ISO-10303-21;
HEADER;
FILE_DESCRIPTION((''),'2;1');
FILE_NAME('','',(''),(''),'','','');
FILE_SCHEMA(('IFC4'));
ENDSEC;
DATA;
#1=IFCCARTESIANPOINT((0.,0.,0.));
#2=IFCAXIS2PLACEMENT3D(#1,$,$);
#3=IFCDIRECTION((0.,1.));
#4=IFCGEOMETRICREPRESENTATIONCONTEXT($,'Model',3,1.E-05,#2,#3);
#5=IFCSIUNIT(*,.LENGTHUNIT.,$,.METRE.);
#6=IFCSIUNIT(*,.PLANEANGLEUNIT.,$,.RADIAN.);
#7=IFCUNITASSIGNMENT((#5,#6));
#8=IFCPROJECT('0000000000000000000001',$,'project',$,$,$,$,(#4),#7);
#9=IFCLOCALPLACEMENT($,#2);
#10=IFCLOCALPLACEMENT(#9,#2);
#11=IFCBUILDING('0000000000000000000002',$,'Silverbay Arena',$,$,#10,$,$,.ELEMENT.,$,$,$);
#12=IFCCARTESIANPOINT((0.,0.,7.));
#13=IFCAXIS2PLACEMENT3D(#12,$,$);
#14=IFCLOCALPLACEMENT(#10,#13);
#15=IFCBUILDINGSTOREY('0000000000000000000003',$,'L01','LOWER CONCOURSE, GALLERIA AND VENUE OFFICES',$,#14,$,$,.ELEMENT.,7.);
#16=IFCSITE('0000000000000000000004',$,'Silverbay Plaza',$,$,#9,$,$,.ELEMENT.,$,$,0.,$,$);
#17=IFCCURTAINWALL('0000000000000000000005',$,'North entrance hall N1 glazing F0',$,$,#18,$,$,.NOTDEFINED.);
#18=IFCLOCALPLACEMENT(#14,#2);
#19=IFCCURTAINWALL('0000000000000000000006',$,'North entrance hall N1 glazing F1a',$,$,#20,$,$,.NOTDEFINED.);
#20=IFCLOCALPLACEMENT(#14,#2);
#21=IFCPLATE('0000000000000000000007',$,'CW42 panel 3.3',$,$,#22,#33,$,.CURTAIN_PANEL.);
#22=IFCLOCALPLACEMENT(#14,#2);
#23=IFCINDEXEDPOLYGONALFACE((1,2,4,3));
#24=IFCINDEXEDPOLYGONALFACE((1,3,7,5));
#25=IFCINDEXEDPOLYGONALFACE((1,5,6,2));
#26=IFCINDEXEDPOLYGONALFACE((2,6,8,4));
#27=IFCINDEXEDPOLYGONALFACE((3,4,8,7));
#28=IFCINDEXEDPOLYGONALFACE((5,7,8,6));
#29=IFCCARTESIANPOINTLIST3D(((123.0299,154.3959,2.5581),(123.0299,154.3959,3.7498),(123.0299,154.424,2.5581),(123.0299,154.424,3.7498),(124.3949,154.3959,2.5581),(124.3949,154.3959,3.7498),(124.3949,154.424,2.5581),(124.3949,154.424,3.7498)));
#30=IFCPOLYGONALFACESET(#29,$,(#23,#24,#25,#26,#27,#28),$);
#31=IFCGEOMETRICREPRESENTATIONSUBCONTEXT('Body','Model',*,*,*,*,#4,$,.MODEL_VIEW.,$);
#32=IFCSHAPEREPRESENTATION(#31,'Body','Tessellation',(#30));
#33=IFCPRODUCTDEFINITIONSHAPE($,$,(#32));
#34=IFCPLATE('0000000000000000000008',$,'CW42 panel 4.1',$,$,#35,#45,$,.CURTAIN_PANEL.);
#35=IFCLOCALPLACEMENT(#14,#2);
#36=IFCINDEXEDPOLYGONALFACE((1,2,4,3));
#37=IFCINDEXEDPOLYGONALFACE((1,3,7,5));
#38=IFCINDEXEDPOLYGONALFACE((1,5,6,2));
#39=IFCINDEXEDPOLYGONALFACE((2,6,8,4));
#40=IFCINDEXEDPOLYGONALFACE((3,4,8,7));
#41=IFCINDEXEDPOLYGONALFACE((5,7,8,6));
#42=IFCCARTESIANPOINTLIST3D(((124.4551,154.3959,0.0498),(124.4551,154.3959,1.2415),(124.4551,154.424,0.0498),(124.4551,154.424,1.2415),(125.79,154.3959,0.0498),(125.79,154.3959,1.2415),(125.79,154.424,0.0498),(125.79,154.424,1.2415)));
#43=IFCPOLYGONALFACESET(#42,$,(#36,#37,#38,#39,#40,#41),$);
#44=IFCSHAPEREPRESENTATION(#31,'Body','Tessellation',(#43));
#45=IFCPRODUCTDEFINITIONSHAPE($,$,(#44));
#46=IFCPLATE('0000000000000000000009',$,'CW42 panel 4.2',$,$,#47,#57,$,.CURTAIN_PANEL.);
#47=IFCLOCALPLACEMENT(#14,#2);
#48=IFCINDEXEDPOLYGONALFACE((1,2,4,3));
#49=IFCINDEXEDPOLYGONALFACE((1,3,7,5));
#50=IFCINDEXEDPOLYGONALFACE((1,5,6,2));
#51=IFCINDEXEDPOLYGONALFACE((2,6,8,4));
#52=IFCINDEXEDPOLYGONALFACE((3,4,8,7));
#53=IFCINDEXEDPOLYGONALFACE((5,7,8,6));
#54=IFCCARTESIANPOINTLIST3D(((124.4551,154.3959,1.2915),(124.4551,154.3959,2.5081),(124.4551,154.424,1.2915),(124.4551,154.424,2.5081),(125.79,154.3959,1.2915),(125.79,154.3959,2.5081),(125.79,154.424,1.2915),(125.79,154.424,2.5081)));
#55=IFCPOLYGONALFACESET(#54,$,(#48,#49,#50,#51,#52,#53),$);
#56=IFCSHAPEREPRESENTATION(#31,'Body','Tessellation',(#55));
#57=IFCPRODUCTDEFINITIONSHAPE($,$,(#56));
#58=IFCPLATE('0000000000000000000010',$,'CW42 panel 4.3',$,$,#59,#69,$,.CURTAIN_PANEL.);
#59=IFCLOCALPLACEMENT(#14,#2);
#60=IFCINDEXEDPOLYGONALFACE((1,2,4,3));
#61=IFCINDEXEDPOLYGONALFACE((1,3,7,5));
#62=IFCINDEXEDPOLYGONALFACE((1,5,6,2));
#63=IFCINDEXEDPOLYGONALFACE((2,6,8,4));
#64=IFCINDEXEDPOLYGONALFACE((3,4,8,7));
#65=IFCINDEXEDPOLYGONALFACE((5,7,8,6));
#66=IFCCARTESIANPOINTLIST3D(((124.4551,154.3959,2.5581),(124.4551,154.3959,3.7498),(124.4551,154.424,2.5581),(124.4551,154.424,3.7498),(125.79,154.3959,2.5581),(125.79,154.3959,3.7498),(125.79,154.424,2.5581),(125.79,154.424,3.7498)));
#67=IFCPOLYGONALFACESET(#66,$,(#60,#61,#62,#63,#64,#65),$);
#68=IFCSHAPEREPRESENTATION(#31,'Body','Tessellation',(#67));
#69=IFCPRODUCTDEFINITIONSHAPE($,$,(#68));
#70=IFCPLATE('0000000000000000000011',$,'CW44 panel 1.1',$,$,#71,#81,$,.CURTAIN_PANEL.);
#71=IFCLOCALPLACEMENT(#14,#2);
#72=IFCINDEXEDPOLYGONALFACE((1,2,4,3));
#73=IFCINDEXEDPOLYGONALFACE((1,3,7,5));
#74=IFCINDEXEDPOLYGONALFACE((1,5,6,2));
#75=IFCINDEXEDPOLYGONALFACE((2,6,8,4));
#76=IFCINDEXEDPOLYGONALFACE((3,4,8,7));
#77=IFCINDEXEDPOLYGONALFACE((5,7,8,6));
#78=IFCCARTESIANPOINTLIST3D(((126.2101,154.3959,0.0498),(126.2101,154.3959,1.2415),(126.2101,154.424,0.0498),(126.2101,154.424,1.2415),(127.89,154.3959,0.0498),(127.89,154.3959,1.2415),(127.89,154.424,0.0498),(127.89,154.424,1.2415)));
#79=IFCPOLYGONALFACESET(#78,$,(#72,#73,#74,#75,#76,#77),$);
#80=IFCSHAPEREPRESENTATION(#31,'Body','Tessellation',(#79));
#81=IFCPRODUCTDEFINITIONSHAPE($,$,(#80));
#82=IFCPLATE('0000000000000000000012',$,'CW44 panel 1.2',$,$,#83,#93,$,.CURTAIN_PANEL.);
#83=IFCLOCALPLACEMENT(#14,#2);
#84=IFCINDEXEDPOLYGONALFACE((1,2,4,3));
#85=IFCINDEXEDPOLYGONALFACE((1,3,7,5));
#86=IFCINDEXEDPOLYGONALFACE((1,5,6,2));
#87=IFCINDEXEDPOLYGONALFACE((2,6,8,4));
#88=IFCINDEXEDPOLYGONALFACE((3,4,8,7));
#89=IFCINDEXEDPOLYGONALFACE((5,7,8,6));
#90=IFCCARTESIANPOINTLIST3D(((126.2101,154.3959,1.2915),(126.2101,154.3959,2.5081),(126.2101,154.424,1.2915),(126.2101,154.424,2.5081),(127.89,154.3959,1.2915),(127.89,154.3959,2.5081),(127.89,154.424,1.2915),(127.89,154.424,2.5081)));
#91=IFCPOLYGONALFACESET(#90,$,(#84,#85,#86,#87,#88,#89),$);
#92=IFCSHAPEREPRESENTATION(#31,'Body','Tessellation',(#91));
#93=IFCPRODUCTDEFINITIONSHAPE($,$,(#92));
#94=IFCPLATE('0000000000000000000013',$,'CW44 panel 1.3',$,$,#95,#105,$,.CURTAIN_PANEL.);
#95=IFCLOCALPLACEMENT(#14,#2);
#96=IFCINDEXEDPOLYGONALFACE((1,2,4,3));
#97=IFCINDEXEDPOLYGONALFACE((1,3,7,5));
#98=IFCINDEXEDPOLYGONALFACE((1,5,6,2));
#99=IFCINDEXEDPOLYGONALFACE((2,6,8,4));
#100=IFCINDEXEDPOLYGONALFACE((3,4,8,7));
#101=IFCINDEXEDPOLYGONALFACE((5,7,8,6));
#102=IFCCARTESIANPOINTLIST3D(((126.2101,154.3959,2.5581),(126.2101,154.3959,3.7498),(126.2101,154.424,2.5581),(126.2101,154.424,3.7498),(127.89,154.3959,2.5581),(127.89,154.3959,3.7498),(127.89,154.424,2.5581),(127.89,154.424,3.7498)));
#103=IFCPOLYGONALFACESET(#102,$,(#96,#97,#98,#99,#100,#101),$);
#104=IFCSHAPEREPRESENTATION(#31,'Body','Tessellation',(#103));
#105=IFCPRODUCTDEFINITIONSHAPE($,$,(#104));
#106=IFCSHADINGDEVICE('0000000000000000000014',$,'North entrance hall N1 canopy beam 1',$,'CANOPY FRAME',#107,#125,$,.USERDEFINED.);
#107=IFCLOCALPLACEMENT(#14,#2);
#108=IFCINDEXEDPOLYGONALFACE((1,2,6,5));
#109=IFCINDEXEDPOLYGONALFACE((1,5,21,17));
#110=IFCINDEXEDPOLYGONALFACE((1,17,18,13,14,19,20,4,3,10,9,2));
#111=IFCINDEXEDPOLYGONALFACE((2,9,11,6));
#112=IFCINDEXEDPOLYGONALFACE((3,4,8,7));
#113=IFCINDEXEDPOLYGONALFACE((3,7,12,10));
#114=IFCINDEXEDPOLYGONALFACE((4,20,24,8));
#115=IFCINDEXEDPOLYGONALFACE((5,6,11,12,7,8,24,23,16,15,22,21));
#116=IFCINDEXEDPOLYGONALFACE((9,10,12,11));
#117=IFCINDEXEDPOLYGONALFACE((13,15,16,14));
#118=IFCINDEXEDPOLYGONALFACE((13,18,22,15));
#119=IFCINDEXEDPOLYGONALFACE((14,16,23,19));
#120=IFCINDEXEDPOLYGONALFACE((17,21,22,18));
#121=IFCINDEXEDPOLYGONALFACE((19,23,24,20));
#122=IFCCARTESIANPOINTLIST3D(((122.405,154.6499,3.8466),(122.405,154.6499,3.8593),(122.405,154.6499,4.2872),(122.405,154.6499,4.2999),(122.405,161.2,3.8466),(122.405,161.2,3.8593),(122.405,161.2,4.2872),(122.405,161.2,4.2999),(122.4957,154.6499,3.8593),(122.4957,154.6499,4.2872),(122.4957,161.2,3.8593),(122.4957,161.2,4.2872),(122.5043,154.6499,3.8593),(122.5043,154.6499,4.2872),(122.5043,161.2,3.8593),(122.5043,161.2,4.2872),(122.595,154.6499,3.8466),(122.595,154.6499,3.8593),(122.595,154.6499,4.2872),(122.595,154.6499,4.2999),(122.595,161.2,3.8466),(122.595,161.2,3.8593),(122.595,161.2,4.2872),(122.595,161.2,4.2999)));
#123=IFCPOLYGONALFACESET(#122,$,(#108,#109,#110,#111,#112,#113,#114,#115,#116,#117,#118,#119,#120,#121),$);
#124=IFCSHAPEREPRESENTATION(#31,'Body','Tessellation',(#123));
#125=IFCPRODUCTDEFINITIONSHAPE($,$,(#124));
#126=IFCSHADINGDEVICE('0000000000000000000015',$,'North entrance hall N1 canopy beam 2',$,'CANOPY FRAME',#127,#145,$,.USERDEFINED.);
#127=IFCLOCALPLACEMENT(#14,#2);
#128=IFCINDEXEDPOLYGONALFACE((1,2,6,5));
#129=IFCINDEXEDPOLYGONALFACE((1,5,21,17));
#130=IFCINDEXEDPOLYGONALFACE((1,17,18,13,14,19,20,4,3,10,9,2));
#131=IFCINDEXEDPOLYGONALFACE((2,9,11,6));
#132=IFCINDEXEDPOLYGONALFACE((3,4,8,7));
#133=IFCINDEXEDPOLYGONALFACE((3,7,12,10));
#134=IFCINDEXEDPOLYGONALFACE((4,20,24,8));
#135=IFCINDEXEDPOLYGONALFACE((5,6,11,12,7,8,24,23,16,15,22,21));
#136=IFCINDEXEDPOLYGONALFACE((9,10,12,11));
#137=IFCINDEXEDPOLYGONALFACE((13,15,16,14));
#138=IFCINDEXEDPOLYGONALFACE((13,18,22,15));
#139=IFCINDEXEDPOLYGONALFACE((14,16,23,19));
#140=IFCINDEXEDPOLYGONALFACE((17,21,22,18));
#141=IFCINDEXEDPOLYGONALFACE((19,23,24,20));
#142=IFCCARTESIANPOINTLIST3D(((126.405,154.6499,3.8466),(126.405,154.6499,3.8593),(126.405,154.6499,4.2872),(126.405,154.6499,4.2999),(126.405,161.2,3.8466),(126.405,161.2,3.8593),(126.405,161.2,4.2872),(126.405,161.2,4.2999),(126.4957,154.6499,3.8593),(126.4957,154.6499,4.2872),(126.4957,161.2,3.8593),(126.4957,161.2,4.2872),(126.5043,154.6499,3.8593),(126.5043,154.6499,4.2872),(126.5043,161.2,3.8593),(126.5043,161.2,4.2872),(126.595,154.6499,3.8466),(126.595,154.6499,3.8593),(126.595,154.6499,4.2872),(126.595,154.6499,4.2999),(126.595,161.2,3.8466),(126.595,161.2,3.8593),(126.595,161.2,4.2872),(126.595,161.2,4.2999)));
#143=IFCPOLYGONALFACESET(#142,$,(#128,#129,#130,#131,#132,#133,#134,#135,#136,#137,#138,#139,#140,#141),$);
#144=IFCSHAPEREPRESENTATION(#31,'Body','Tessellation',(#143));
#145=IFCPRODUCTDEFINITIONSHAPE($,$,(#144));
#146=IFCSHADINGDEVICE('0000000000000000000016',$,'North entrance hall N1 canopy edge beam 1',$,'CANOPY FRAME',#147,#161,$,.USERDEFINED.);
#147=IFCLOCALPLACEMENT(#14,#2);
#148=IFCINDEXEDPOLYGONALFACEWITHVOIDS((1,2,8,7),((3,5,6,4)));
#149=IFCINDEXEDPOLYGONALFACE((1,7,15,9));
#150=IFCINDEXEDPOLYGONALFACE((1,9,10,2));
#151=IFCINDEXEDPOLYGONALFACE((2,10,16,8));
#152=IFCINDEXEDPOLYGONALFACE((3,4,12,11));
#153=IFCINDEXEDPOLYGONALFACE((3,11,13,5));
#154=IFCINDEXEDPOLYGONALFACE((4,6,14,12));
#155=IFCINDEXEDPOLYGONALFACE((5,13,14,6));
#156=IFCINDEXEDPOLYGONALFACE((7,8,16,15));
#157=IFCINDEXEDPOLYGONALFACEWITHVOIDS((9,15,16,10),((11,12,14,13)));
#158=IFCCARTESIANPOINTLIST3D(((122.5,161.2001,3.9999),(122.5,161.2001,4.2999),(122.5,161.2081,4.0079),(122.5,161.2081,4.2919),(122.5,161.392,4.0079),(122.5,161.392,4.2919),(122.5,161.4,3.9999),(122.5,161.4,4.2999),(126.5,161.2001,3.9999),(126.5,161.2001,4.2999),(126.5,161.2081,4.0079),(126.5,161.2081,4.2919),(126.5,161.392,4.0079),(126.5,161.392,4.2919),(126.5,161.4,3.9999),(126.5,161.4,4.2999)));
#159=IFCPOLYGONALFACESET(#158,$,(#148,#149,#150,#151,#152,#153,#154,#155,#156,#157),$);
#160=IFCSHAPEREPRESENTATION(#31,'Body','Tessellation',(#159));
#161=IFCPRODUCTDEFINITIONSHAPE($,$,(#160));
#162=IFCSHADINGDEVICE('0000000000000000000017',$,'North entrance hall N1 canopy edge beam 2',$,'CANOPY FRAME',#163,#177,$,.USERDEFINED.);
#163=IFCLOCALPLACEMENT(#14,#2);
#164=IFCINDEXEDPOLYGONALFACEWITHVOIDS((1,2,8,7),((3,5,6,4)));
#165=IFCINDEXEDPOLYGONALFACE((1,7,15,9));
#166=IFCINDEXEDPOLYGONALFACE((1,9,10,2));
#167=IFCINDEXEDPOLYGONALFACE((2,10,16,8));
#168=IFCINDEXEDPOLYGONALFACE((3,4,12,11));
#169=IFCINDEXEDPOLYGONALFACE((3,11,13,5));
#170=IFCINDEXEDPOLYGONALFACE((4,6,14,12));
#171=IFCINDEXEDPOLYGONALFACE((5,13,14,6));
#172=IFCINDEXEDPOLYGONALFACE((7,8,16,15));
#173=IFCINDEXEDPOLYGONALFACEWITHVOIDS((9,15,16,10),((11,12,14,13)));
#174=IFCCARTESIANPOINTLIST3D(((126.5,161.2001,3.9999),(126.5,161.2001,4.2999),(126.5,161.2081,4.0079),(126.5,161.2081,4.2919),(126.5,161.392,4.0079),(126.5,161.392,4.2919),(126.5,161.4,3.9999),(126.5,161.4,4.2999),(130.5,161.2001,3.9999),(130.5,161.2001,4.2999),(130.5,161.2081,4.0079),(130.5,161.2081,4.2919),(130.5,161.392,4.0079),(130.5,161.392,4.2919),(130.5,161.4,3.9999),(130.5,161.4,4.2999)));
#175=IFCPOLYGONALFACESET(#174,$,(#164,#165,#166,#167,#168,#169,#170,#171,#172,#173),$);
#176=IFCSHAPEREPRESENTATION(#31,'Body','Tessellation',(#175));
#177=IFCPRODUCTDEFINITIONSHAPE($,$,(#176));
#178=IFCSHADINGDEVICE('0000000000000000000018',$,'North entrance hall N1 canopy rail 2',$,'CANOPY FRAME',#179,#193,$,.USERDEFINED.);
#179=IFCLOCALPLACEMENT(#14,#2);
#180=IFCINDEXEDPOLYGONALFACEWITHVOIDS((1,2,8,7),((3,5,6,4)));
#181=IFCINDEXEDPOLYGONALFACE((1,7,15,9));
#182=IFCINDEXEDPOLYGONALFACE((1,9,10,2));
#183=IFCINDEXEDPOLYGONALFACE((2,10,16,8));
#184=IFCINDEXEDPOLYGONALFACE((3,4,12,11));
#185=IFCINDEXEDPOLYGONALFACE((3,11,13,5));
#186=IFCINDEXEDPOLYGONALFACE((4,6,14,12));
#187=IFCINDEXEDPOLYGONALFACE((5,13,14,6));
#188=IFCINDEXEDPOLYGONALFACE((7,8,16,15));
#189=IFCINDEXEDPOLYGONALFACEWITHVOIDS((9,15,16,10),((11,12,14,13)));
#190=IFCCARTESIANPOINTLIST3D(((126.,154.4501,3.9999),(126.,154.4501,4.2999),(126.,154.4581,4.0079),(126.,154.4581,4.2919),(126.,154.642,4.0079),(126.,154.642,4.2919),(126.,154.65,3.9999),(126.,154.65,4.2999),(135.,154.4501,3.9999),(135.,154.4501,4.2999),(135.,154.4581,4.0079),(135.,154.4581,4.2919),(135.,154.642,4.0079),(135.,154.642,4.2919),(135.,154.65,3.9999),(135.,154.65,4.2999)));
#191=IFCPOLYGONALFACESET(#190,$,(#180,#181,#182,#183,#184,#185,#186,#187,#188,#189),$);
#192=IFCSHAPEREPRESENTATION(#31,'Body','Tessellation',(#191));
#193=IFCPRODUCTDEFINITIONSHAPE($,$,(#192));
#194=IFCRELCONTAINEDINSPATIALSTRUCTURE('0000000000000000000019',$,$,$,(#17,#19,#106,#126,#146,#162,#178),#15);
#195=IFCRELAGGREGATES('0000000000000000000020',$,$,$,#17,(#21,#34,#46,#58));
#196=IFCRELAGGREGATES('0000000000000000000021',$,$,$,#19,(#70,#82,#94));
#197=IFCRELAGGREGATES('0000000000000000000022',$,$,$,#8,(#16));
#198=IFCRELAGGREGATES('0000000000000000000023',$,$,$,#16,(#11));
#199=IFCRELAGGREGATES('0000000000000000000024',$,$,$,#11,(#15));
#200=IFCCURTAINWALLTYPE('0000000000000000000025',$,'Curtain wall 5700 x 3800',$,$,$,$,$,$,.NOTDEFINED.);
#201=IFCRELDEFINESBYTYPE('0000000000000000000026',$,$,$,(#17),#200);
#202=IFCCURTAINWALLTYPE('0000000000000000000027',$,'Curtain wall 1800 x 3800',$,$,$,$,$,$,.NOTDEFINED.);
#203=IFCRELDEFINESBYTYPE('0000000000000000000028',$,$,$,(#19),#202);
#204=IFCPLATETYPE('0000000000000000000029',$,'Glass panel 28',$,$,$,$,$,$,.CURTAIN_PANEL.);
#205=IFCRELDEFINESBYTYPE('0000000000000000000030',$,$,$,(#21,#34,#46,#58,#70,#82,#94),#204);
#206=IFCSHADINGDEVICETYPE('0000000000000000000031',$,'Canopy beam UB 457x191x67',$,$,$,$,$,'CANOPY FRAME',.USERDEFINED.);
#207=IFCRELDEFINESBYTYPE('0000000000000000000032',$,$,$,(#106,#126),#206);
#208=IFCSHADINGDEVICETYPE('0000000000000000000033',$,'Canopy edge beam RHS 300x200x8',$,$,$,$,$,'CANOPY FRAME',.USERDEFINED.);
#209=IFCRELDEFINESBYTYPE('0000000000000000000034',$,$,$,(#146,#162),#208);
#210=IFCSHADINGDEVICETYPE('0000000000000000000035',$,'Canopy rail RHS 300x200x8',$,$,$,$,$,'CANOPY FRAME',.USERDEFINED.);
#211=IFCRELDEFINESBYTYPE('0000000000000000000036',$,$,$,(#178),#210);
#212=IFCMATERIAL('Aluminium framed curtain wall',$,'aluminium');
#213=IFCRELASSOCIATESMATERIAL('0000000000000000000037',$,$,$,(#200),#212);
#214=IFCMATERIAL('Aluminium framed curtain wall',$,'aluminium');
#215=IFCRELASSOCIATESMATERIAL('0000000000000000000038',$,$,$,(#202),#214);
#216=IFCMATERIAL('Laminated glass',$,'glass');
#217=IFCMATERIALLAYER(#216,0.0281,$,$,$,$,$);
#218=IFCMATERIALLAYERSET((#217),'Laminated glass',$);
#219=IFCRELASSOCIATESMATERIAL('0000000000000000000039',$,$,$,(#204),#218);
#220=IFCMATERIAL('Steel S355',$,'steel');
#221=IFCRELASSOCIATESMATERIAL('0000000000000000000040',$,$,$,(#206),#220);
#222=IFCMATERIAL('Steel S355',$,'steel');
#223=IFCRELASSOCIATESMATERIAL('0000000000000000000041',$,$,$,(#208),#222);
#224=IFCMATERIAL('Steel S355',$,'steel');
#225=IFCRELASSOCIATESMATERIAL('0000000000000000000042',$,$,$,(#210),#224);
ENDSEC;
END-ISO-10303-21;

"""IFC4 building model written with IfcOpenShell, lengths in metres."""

from ifc_helpers import new_model, si_unit, direction, frame, origin, origin_2d, place, context, subcontext, project, spatial, rectangle, hollow_rectangle, i_section, extrude, material, layer, layer_set, material_profile, profile_set, type_object, element, aggregate, save


model = new_model("IFC4")

# Units and contexts
model_context = context("Model", 3, precision=1e-05, world=origin(), true_north=direction((0.0, 1.0)))
body_context = subcontext(model_context, "Body", "Model", "MODEL_VIEW")
ifc_project = project(units=[si_unit("LENGTHUNIT", "METRE"), si_unit("PLANEANGLEUNIT", "RADIAN")], contexts=[model_context])

# Site, building, storey
site_placement = place(None, origin())
site = spatial("IfcSite", under=ifc_project, at=site_placement, Name="Silverbay Plaza", CompositionType="ELEMENT", RefElevation=0.0)
building_placement = place(site_placement, origin())
building = spatial("IfcBuilding", under=site, at=building_placement, Name="Silverbay Arena", CompositionType="ELEMENT")
storey_placement = place(building_placement, frame((0.0, 0.0, 7.0)))
storey = spatial("IfcBuildingStorey", under=building, at=storey_placement, Name="L01", Description="LOWER CONCOURSE, GALLERIA AND VENUE OFFICES", CompositionType="ELEMENT", Elevation=7.0)

# Curtain wall
ifc_material_1 = material(Name="Aluminium framed curtain wall", Category="aluminium")
curtain_wall_type_1 = type_object("IfcCurtainWallType", Name="Curtain wall 5700 x 3800", PredefinedType="NOTDEFINED", material=ifc_material_1)
curtain_wall_1_placement = place(storey_placement, origin())
curtain_wall_1 = element("IfcCurtainWall", 1, at=curtain_wall_1_placement, inside=storey, type_object=curtain_wall_type_1, Name="North entrance hall N1 glazing F0", PredefinedType="NOTDEFINED")

# Curtain wall
ifc_material_2 = material(Name="Aluminium framed curtain wall", Category="aluminium")
curtain_wall_type_2 = type_object("IfcCurtainWallType", Name="Curtain wall 1800 x 3800", PredefinedType="NOTDEFINED", material=ifc_material_2)
curtain_wall_2_placement = place(storey_placement, origin())
curtain_wall_2 = element("IfcCurtainWall", 2, at=curtain_wall_2_placement, inside=storey, type_object=curtain_wall_type_2, Name="North entrance hall N1 glazing F1a", PredefinedType="NOTDEFINED")

# Plates
ifc_material_3 = material(Name="Laminated glass", Category="glass")
ifc_layer = layer(ifc_material_3, 0.0281)
ifc_layer_set = layer_set([ifc_layer], Name="Laminated glass")
plate_type = type_object("IfcPlateType", Name="Glass panel 28", PredefinedType="CURTAIN_PANEL", material=ifc_layer_set)
plate_1_placement = place(storey_placement, frame((123.7124, 154.4099, 2.5581), z_axis=(0.0, 0.0, 1.0), x_axis=(1.0, 0.0, 0.0)))
plate_1 = element("IfcPlate", 3, at=plate_1_placement, type_object=plate_type, Name="CW42 panel 3.3", PredefinedType="CURTAIN_PANEL", context=body_context, shape_type="SweptSolid", body=[
    extrude(rectangle(XDim=1.365, YDim=0.0281, at=origin_2d()), origin(), (0.0, 0.0, 1.0), 1.1917),
])
plate_2_placement = place(storey_placement, frame((125.1226, 154.4099, 0.0498), z_axis=(0.0, 0.0, 1.0), x_axis=(1.0, 0.0, 0.0)))
plate_2 = element("IfcPlate", 4, at=plate_2_placement, type_object=plate_type, Name="CW42 panel 4.1", PredefinedType="CURTAIN_PANEL", context=body_context, shape_type="SweptSolid", body=[
    extrude(rectangle(XDim=1.335, YDim=0.0281, at=origin_2d()), origin(), (0.0, 0.0, 1.0), 1.1917),
])
plate_3_placement = place(storey_placement, frame((125.1226, 154.4099, 1.2915), z_axis=(0.0, 0.0, 1.0), x_axis=(1.0, 0.0, 0.0)))
plate_3 = element("IfcPlate", 5, at=plate_3_placement, type_object=plate_type, Name="CW42 panel 4.2", PredefinedType="CURTAIN_PANEL", context=body_context, shape_type="SweptSolid", body=[
    extrude(rectangle(XDim=1.335, YDim=0.0281, at=origin_2d()), origin(), (0.0, 0.0, 1.0), 1.2166),
])
plate_4_placement = place(storey_placement, frame((125.1226, 154.4099, 2.5581), z_axis=(0.0, 0.0, 1.0), x_axis=(1.0, 0.0, 0.0)))
plate_4 = element("IfcPlate", 6, at=plate_4_placement, type_object=plate_type, Name="CW42 panel 4.3", PredefinedType="CURTAIN_PANEL", context=body_context, shape_type="SweptSolid", body=[
    extrude(rectangle(XDim=1.335, YDim=0.0281, at=origin_2d()), origin(), (0.0, 0.0, 1.0), 1.1917),
])
aggregate(curtain_wall_1, [plate_1, plate_2, plate_3, plate_4])
plate_5_placement = place(storey_placement, frame((127.05, 154.4099, 0.0498), z_axis=(0.0, 0.0, 1.0), x_axis=(1.0, 0.0, 0.0)))
plate_5 = element("IfcPlate", 7, at=plate_5_placement, type_object=plate_type, Name="CW44 panel 1.1", PredefinedType="CURTAIN_PANEL", context=body_context, shape_type="SweptSolid", body=[
    extrude(rectangle(XDim=1.6799, YDim=0.0281, at=origin_2d()), origin(), (0.0, 0.0, 1.0), 1.1917),
])
plate_6_placement = place(storey_placement, frame((127.05, 154.4099, 1.2915), z_axis=(0.0, 0.0, 1.0), x_axis=(1.0, 0.0, 0.0)))
plate_6 = element("IfcPlate", 8, at=plate_6_placement, type_object=plate_type, Name="CW44 panel 1.2", PredefinedType="CURTAIN_PANEL", context=body_context, shape_type="SweptSolid", body=[
    extrude(rectangle(XDim=1.6799, YDim=0.0281, at=origin_2d()), origin(), (0.0, 0.0, 1.0), 1.2166),
])
plate_7_placement = place(storey_placement, frame((127.05, 154.4099, 2.5581), z_axis=(0.0, 0.0, 1.0), x_axis=(1.0, 0.0, 0.0)))
plate_7 = element("IfcPlate", 9, at=plate_7_placement, type_object=plate_type, Name="CW44 panel 1.3", PredefinedType="CURTAIN_PANEL", context=body_context, shape_type="SweptSolid", body=[
    extrude(rectangle(XDim=1.6799, YDim=0.0281, at=origin_2d()), origin(), (0.0, 0.0, 1.0), 1.1917),
])
aggregate(curtain_wall_2, [plate_5, plate_6, plate_7])

# Shading devices
ifc_material_4 = material(Name="Steel S355", Category="steel")
ifc_material_profile_1 = material_profile(ifc_material_4, i_section(OverallWidth=0.1899, OverallDepth=0.4534, WebThickness=0.0085, FlangeThickness=0.0127, at=origin_2d()), Name="UB 457x191x67")
ifc_profile_set_1 = profile_set([ifc_material_profile_1], Name="Steel S355")
shading_device_type_1 = type_object("IfcShadingDeviceType", Name="Canopy beam UB 457x191x67", ElementType="CANOPY FRAME", PredefinedType="USERDEFINED", material=ifc_profile_set_1)
for number, where, z_axis, x_axis, name in (
    (10, (122.5, 154.6499, 4.0732), (0.0, 1.0, 0.0), (-1.0, 0.0, 0.0), "North entrance hall N1 canopy beam 1"),
    (11, (126.5, 154.6499, 4.0732), (0.0, 1.0, 0.0), (-1.0, 0.0, 0.0), "North entrance hall N1 canopy beam 2"),
):
    element("IfcShadingDevice", number, at=place(storey_placement, frame(where, z_axis=z_axis, x_axis=x_axis)), inside=storey, type_object=shading_device_type_1, Name=name, ObjectType="CANOPY FRAME", PredefinedType="USERDEFINED", context=body_context, shape_type="SweptSolid", body=[
        extrude(i_section(OverallWidth=0.1899, OverallDepth=0.4534, WebThickness=0.0085, FlangeThickness=0.0127, at=origin_2d()), origin(), (0.0, 0.0, 1.0), 6.55),
    ])
ifc_material_5 = material(Name="Steel S355", Category="steel")
ifc_material_profile_2 = material_profile(ifc_material_5, hollow_rectangle(XDim=0.2, YDim=0.3, WallThickness=0.0081, at=origin_2d()), Name="RHS 300x200x8")
ifc_profile_set_2 = profile_set([ifc_material_profile_2], Name="Steel S355")
shading_device_type_2 = type_object("IfcShadingDeviceType", Name="Canopy edge beam RHS 300x200x8", ElementType="CANOPY FRAME", PredefinedType="USERDEFINED", material=ifc_profile_set_2)
for number, where, z_axis, x_axis, name in (
    (12, (122.5, 161.3, 4.1499), (1.0, 0.0, 0.0), (0.0, 1.0, 0.0), "North entrance hall N1 canopy edge beam 1"),
    (13, (126.5, 161.3, 4.1499), (1.0, 0.0, 0.0), (0.0, 1.0, 0.0), "North entrance hall N1 canopy edge beam 2"),
):
    element("IfcShadingDevice", number, at=place(storey_placement, frame(where, z_axis=z_axis, x_axis=x_axis)), inside=storey, type_object=shading_device_type_2, Name=name, ObjectType="CANOPY FRAME", PredefinedType="USERDEFINED", context=body_context, shape_type="SweptSolid", body=[
        extrude(hollow_rectangle(XDim=0.2, YDim=0.3, WallThickness=0.0081, at=origin_2d()), origin(), (0.0, 0.0, 1.0), 4.0),
    ])
ifc_material_6 = material(Name="Steel S355", Category="steel")
ifc_material_profile_3 = material_profile(ifc_material_6, hollow_rectangle(XDim=0.2, YDim=0.3, WallThickness=0.0081, at=origin_2d()), Name="RHS 300x200x8")
ifc_profile_set_3 = profile_set([ifc_material_profile_3], Name="Steel S355")
shading_device_type_3 = type_object("IfcShadingDeviceType", Name="Canopy rail RHS 300x200x8", ElementType="CANOPY FRAME", PredefinedType="USERDEFINED", material=ifc_profile_set_3)
shading_device_placement = place(storey_placement, frame((126.0, 154.55, 4.1499), z_axis=(1.0, 0.0, 0.0), x_axis=(0.0, 1.0, 0.0)))
element("IfcShadingDevice", 14, at=shading_device_placement, inside=storey, type_object=shading_device_type_3, Name="North entrance hall N1 canopy rail 2", ObjectType="CANOPY FRAME", PredefinedType="USERDEFINED", context=body_context, shape_type="SweptSolid", body=[
    extrude(hollow_rectangle(XDim=0.2, YDim=0.3, WallThickness=0.0081, at=origin_2d()), origin(), (0.0, 0.0, 1.0), 9.0),
])

save(model, "model.ifc")
